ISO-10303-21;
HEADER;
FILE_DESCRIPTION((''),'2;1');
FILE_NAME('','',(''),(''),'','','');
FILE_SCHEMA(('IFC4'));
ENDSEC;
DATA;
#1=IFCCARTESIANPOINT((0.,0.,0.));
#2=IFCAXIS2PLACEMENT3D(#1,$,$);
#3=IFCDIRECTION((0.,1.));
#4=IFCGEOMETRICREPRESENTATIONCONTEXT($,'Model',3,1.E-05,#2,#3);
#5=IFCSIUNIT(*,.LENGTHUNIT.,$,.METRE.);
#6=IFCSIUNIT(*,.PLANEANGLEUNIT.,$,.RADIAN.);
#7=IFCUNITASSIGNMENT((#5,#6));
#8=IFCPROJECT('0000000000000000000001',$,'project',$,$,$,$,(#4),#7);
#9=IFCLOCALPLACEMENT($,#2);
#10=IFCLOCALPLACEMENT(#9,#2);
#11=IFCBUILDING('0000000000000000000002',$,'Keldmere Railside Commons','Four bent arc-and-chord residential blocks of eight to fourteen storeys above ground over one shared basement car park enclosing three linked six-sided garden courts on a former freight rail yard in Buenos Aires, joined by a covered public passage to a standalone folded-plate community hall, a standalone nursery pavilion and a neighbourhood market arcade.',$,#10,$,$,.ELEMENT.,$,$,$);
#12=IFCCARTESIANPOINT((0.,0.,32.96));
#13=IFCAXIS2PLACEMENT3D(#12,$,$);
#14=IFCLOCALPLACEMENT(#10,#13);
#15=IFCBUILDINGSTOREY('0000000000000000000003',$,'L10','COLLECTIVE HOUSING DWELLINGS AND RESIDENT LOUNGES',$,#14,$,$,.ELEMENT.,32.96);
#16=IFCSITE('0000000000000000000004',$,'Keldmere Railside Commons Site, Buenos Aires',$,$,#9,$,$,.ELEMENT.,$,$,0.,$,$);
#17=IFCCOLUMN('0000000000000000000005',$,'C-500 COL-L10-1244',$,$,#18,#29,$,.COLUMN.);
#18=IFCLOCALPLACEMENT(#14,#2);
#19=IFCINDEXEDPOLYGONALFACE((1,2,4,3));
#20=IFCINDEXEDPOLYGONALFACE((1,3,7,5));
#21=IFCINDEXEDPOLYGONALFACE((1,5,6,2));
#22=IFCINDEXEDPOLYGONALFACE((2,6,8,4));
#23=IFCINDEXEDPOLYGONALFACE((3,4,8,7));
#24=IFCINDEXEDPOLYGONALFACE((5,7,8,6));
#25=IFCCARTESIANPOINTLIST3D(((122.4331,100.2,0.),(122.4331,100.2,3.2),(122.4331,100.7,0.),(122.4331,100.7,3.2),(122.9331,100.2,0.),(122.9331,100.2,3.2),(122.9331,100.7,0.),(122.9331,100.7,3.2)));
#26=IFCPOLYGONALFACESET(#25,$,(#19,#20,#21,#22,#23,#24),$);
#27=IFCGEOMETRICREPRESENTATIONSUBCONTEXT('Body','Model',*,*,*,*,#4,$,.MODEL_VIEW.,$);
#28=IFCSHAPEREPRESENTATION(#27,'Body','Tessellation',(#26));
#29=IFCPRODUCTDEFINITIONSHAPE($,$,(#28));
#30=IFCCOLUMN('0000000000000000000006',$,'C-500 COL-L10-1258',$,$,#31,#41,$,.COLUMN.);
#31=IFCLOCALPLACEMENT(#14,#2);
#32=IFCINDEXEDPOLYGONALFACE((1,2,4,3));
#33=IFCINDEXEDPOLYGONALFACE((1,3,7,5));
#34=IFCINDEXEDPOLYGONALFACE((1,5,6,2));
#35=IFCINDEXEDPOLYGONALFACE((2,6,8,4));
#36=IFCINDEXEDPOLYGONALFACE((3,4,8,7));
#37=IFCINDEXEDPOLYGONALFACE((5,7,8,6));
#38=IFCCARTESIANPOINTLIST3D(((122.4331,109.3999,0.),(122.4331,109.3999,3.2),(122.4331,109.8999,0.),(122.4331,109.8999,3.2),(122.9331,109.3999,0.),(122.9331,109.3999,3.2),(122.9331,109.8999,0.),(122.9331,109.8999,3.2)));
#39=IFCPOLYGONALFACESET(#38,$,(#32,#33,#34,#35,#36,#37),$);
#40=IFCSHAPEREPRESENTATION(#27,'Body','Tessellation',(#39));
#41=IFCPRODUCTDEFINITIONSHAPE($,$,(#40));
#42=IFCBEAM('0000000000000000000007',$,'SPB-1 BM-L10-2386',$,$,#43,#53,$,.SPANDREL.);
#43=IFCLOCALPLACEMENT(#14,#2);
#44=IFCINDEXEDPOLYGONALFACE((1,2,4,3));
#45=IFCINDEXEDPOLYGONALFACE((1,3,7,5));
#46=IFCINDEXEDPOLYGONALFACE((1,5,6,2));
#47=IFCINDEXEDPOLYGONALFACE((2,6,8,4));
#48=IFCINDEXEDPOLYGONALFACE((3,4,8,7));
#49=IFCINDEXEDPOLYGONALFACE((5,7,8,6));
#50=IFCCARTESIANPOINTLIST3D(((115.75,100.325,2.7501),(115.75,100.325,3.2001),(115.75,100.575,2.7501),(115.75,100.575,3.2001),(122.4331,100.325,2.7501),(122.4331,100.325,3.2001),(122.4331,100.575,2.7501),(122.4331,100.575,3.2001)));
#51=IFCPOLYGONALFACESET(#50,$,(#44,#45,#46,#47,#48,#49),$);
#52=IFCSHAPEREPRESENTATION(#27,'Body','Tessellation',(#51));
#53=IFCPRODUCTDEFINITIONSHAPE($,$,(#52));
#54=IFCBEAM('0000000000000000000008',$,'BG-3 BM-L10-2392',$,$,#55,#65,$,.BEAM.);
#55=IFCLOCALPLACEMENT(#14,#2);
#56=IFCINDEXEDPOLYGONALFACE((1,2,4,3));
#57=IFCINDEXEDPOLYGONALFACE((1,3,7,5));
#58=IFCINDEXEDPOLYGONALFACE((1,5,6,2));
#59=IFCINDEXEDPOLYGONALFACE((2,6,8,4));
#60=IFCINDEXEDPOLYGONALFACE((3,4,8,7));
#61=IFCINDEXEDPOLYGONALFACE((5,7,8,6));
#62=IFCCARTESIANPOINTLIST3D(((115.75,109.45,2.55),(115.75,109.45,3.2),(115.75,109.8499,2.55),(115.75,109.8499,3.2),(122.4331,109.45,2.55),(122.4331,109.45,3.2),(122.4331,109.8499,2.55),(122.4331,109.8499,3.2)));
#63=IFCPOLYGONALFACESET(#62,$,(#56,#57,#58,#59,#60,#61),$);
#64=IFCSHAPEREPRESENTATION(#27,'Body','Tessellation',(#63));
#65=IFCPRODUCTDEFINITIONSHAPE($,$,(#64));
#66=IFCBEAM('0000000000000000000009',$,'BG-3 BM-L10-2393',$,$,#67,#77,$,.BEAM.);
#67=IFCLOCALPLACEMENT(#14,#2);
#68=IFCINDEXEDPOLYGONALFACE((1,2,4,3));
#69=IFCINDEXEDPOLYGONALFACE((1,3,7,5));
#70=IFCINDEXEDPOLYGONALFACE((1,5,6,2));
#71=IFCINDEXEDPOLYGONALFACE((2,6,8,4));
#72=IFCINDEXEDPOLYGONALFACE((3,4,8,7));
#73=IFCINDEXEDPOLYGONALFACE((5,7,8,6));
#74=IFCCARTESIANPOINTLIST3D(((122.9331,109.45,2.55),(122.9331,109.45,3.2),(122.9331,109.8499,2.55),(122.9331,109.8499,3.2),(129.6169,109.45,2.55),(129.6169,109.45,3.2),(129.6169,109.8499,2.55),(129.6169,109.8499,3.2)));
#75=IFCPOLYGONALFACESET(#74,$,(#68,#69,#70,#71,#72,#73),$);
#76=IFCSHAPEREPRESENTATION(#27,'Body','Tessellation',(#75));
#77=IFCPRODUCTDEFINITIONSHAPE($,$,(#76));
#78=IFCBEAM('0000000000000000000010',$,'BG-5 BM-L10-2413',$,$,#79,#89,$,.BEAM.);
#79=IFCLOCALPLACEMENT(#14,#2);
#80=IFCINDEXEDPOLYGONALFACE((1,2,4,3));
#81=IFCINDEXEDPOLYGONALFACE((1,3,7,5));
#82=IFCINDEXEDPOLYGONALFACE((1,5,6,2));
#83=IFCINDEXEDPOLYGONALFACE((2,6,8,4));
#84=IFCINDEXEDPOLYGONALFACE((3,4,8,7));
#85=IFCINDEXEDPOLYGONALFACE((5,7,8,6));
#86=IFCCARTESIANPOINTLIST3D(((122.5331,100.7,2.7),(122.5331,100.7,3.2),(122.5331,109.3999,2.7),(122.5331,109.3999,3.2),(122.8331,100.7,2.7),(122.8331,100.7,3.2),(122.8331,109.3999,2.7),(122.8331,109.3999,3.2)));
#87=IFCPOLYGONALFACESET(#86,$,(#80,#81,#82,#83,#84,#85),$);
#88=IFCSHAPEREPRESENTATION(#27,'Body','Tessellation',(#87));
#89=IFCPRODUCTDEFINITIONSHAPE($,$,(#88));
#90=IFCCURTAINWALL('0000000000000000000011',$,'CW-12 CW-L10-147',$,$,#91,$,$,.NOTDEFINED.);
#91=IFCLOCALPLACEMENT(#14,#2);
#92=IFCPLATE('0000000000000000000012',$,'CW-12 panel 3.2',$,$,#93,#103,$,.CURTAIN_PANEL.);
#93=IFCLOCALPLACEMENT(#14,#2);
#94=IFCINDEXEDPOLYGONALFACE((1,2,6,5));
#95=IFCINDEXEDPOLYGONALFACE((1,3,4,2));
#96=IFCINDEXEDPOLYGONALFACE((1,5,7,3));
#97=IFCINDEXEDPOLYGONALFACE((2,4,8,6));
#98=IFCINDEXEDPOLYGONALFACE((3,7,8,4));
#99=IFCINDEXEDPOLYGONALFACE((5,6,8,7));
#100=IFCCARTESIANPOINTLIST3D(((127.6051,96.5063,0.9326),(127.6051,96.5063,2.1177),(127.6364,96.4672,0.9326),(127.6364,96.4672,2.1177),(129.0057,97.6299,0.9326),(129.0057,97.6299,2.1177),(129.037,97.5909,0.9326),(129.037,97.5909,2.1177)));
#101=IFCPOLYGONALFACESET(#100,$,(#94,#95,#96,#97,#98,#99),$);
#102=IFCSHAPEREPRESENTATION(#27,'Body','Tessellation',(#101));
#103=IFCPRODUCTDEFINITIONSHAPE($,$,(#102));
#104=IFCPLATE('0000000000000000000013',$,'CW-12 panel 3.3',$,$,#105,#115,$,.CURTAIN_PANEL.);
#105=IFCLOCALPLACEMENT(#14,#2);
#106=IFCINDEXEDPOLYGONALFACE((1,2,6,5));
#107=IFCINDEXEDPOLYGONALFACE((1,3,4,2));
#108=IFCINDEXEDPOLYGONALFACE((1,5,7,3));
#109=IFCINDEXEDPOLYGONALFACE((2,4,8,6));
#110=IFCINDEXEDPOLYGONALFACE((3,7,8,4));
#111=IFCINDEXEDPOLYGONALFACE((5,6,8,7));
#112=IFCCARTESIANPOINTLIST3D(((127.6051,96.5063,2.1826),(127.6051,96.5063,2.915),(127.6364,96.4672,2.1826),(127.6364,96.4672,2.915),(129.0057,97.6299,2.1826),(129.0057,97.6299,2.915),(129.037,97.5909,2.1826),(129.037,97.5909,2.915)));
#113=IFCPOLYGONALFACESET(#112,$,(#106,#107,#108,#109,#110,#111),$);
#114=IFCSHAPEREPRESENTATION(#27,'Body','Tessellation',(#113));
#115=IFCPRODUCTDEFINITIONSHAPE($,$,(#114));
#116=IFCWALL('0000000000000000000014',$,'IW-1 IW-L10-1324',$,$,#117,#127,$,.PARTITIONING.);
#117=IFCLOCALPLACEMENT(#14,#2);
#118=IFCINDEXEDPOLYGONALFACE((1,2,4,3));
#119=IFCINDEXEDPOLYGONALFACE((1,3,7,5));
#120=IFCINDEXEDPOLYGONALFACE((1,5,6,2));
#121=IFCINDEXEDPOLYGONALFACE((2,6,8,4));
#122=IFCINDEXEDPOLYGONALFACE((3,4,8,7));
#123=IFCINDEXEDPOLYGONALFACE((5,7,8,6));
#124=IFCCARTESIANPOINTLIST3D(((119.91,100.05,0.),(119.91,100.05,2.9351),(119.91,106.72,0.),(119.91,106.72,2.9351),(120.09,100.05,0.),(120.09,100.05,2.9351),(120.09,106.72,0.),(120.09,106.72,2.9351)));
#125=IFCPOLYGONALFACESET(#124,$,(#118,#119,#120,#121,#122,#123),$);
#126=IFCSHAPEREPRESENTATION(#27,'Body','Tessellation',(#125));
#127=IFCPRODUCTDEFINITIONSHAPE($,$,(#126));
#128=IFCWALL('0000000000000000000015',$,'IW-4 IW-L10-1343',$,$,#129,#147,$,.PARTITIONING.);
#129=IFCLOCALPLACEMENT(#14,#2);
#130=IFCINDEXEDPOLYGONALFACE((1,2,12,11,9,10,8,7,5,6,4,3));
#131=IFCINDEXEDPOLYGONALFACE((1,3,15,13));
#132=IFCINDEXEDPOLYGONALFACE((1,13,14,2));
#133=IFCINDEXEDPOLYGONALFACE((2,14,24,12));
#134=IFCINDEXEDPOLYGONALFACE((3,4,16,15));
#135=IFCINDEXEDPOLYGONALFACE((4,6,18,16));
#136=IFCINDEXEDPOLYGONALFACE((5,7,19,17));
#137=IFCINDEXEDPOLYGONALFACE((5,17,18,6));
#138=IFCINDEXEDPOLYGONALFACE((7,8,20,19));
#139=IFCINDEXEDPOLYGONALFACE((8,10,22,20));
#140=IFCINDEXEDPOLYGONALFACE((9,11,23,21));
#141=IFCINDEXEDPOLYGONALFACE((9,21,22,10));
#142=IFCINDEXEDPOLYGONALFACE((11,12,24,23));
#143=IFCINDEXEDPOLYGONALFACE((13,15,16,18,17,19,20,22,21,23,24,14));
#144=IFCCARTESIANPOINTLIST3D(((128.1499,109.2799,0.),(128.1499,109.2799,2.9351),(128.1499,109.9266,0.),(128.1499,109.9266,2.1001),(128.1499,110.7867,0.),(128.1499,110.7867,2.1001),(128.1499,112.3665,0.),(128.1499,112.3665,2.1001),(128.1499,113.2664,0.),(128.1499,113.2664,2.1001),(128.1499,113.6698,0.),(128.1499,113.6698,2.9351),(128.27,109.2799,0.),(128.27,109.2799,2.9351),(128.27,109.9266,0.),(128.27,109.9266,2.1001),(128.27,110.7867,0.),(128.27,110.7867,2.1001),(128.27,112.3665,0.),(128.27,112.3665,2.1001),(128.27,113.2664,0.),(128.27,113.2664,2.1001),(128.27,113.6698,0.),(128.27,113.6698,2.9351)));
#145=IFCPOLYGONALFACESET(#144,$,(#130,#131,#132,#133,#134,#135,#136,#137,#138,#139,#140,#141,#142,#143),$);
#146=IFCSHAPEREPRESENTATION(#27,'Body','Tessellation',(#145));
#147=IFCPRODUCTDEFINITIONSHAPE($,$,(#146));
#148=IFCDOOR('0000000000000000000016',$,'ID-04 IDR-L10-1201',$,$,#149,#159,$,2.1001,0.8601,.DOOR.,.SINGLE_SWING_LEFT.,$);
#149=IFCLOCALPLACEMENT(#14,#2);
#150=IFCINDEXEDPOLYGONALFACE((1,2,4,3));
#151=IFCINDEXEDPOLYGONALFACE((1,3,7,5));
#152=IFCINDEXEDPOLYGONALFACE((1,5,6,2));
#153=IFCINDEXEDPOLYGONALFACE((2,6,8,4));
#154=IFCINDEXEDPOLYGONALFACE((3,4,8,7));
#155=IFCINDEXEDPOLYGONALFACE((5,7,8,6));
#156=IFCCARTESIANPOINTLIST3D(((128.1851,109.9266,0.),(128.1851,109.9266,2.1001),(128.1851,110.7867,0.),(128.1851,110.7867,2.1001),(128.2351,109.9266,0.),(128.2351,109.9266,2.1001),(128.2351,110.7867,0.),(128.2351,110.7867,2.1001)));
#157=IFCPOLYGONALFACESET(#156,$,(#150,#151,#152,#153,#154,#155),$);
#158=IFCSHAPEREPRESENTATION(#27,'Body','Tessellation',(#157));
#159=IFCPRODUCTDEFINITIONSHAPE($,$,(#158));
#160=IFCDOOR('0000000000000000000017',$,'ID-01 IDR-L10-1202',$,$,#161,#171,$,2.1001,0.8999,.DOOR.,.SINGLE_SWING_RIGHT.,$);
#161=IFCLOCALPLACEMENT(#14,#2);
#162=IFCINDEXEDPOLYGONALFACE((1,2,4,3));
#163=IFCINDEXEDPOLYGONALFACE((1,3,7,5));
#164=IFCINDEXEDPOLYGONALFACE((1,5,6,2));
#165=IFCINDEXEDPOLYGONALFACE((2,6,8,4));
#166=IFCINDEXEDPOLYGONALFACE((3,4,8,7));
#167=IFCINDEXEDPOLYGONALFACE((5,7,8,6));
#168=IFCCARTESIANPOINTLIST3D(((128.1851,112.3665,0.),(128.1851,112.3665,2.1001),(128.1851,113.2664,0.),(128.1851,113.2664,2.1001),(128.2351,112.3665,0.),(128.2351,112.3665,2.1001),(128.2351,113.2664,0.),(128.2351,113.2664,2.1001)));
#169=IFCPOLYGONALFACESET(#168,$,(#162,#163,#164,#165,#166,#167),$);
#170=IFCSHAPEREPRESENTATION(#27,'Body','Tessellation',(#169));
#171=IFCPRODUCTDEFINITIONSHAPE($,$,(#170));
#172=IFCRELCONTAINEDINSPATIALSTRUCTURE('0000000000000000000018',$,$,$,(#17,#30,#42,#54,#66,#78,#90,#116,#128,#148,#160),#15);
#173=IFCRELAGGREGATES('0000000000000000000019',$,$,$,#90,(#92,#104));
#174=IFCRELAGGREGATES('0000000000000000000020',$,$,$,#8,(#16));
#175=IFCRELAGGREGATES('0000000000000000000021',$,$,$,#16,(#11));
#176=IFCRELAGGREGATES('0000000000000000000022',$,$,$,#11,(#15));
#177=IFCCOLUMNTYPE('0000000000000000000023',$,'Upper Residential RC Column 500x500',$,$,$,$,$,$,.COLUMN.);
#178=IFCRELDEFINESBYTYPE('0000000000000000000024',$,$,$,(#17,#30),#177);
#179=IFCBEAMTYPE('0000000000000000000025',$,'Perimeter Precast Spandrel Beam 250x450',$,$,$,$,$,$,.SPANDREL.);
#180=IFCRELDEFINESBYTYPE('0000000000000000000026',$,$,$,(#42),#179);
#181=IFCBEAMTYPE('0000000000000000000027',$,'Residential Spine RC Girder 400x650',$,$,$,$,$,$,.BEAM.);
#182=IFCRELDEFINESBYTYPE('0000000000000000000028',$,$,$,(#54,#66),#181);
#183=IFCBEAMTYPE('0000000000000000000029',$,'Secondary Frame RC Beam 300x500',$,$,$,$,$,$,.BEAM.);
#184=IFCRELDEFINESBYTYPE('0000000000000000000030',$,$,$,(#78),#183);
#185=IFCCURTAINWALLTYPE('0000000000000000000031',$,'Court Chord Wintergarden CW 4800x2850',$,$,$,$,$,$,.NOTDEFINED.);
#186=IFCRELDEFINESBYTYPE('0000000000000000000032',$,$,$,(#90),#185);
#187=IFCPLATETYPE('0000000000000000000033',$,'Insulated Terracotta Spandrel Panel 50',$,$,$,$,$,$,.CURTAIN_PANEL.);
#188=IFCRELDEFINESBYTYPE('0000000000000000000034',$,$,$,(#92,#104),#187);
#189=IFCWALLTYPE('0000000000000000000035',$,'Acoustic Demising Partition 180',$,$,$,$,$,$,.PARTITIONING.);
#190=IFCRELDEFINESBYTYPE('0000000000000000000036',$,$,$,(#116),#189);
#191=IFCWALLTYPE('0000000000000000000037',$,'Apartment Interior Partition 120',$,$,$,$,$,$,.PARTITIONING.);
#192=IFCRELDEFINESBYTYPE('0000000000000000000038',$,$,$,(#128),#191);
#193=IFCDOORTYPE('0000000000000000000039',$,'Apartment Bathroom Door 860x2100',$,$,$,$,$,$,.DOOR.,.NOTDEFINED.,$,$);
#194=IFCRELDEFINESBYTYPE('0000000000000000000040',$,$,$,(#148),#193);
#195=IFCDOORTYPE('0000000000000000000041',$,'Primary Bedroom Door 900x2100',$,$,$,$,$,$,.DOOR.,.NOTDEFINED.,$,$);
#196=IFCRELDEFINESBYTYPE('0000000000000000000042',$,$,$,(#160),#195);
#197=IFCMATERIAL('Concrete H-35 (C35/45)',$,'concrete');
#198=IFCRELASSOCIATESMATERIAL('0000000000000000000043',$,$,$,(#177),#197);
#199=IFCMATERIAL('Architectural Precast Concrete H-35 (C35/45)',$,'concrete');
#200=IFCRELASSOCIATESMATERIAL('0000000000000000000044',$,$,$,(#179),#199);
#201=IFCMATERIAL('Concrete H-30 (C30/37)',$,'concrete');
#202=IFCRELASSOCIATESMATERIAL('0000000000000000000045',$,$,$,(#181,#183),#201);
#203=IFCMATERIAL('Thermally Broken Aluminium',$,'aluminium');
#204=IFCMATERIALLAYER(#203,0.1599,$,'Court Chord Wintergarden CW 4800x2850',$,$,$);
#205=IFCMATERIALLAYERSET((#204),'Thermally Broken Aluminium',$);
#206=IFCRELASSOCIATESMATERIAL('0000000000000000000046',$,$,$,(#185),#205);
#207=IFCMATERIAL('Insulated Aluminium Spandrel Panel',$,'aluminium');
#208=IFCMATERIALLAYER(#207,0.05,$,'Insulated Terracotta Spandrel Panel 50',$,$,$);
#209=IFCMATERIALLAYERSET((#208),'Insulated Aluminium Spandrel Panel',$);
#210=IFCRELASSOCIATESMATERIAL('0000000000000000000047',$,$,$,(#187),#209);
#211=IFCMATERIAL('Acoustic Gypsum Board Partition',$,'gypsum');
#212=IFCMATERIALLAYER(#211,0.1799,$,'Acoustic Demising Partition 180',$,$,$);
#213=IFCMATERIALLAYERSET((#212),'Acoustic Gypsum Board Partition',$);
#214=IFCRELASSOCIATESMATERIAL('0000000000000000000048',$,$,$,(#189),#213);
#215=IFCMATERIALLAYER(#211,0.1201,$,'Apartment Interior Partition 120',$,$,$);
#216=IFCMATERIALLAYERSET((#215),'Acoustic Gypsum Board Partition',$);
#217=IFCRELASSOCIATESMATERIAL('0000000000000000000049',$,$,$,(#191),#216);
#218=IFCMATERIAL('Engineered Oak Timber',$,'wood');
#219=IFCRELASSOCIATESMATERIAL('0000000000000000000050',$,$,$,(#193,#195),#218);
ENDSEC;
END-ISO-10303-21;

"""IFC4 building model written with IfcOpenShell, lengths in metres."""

from ifc_helpers import new_model, si_unit, direction, frame, frame_2d, origin, origin_2d, place, context, subcontext, project, spatial, rectangle, extrude, material, layer, layer_set, material_profile, profile_set, type_object, element, fill, aggregate, save


model = new_model("IFC4")

# Units and contexts
model_context = context("Model", 3, precision=1e-05, world=origin(), true_north=direction((0.0, 1.0)))
body_context = subcontext(model_context, "Body", "Model", "MODEL_VIEW")
ifc_project = project(units=[si_unit("LENGTHUNIT", "METRE"), si_unit("PLANEANGLEUNIT", "RADIAN")], contexts=[model_context])

# Site, building, storey
site_placement = place(None, origin())
site = spatial("IfcSite", under=ifc_project, at=site_placement, Name="Keldmere Railside Commons Site, Buenos Aires", CompositionType="ELEMENT", RefElevation=0.0)
building_placement = place(site_placement, origin())
building = spatial("IfcBuilding", under=site, at=building_placement, Name="Keldmere Railside Commons", Description="Four bent arc-and-chord residential blocks of eight to fourteen storeys above ground over one shared basement car park enclosing three linked six-sided garden courts on a former freight rail yard in Buenos Aires, joined by a covered public passage to a standalone folded-plate community hall, a standalone nursery pavilion and a neighbourhood market arcade.", CompositionType="ELEMENT")
storey_placement = place(building_placement, frame((0.0, 0.0, 32.96)))
storey = spatial("IfcBuildingStorey", under=building, at=storey_placement, Name="L10", Description="COLLECTIVE HOUSING DWELLINGS AND RESIDENT LOUNGES", CompositionType="ELEMENT", Elevation=32.96)

# Columns
ifc_material_1 = material(Name="Concrete H-35 (C35/45)", Category="concrete")
ifc_material_profile_1 = material_profile(ifc_material_1, rectangle(XDim=0.5, YDim=0.5, at=origin_2d()), Name="RC-500x500")
ifc_profile_set_1 = profile_set([ifc_material_profile_1], Name="Concrete H-35 (C35/45)")
column_type = type_object("IfcColumnType", Name="Upper Residential RC Column 500x500", PredefinedType="COLUMN", material=ifc_profile_set_1)
for number, where, z_axis, x_axis, name in (
    (1, (122.6831, 100.45, 0.0), (0.0, 0.0, 1.0), (1.0, 0.0, 0.0), "C-500 COL-L10-1244"),
    (2, (122.6831, 109.6499, 0.0), (0.0, 0.0, 1.0), (1.0, 0.0, 0.0), "C-500 COL-L10-1258"),
):
    element("IfcColumn", number, at=place(storey_placement, frame(where, z_axis=z_axis, x_axis=x_axis)), inside=storey, type_object=column_type, Name=name, PredefinedType="COLUMN", context=body_context, shape_type="SweptSolid", body=[
        extrude(rectangle(XDim=0.5, YDim=0.5, at=origin_2d()), origin(), (0.0, 0.0, 1.0), 3.2),
    ])

# Beams
ifc_material_2 = material(Name="Architectural Precast Concrete H-35 (C35/45)", Category="concrete")
ifc_material_profile_2 = material_profile(ifc_material_2, rectangle(XDim=0.25, YDim=0.45, at=origin_2d()), Name="RC-250x450")
ifc_profile_set_2 = profile_set([ifc_material_profile_2], Name="Architectural Precast Concrete H-35 (C35/45)")
beam_type_1 = type_object("IfcBeamType", Name="Perimeter Precast Spandrel Beam 250x450", PredefinedType="SPANDREL", material=ifc_profile_set_2)
beam_1_placement = place(storey_placement, frame((115.75, 100.45, 2.9751), z_axis=(1.0, 0.0, 0.0), x_axis=(0.0, 1.0, 0.0)))
element("IfcBeam", 3, at=beam_1_placement, inside=storey, type_object=beam_type_1, Name="SPB-1 BM-L10-2386", PredefinedType="SPANDREL", context=body_context, shape_type="SweptSolid", body=[
    extrude(rectangle(XDim=0.25, YDim=0.45, at=origin_2d()), origin(), (0.0, 0.0, 1.0), 6.6831),
])
ifc_material_3 = material(Name="Concrete H-30 (C30/37)", Category="concrete")
ifc_material_profile_3 = material_profile(ifc_material_3, rectangle(XDim=0.3999, YDim=0.6499, at=origin_2d()), Name="RC-400x650")
ifc_profile_set_3 = profile_set([ifc_material_profile_3], Name="Concrete H-30 (C30/37)")
beam_type_2 = type_object("IfcBeamType", Name="Residential Spine RC Girder 400x650", PredefinedType="BEAM", material=ifc_profile_set_3)
beam_2_placement = place(storey_placement, frame((115.75, 109.6499, 2.875), z_axis=(1.0, 0.0, 0.0), x_axis=(0.0, 1.0, 0.0)))
element("IfcBeam", 4, at=beam_2_placement, inside=storey, type_object=beam_type_2, Name="BG-3 BM-L10-2392", PredefinedType="BEAM", context=body_context, shape_type="SweptSolid", body=[
    extrude(rectangle(XDim=0.3999, YDim=0.6499, at=origin_2d()), origin(), (0.0, 0.0, 1.0), 6.6831),
])
beam_3_placement = place(storey_placement, frame((122.9331, 109.6499, 2.875), z_axis=(1.0, 0.0, 0.0), x_axis=(0.0, 1.0, 0.0)))
element("IfcBeam", 5, at=beam_3_placement, inside=storey, type_object=beam_type_2, Name="BG-3 BM-L10-2393", PredefinedType="BEAM", context=body_context, shape_type="SweptSolid", body=[
    extrude(rectangle(XDim=0.3999, YDim=0.6499, at=origin_2d()), origin(), (0.0, 0.0, 1.0), 6.6838),
])
ifc_material_profile_4 = material_profile(ifc_material_3, rectangle(XDim=0.3, YDim=0.5, at=origin_2d()), Name="RC-300x500")
ifc_profile_set_4 = profile_set([ifc_material_profile_4], Name="Concrete H-30 (C30/37)")
beam_type_3 = type_object("IfcBeamType", Name="Secondary Frame RC Beam 300x500", PredefinedType="BEAM", material=ifc_profile_set_4)
beam_4_placement = place(storey_placement, frame((122.6831, 100.7, 2.95), z_axis=(0.0, 1.0, 0.0), x_axis=(-1.0, 0.0, 0.0)))
element("IfcBeam", 6, at=beam_4_placement, inside=storey, type_object=beam_type_3, Name="BG-5 BM-L10-2413", PredefinedType="BEAM", context=body_context, shape_type="SweptSolid", body=[
    extrude(rectangle(XDim=0.3, YDim=0.5, at=origin_2d()), origin(), (0.0, 0.0, 1.0), 8.7),
])

# Curtain wall, plates
ifc_material_4 = material(Name="Thermally Broken Aluminium", Category="aluminium")
ifc_layer_1 = layer(ifc_material_4, 0.1599, Name="Court Chord Wintergarden CW 4800x2850")
ifc_layer_set_1 = layer_set([ifc_layer_1], Name="Thermally Broken Aluminium")
curtain_wall_type = type_object("IfcCurtainWallType", Name="Court Chord Wintergarden CW 4800x2850", PredefinedType="NOTDEFINED", material=ifc_layer_set_1)
curtain_wall_placement = place(storey_placement, origin())
curtain_wall = element("IfcCurtainWall", 7, at=curtain_wall_placement, inside=storey, type_object=curtain_wall_type, Name="CW-12 CW-L10-147", PredefinedType="NOTDEFINED")
ifc_material_5 = material(Name="Insulated Aluminium Spandrel Panel", Category="aluminium")
ifc_layer_2 = layer(ifc_material_5, 0.05, Name="Insulated Terracotta Spandrel Panel 50")
ifc_layer_set_2 = layer_set([ifc_layer_2], Name="Insulated Aluminium Spandrel Panel")
plate_type = type_object("IfcPlateType", Name="Insulated Terracotta Spandrel Panel 50", PredefinedType="CURTAIN_PANEL", material=ifc_layer_set_2)
plate_1_placement = place(storey_placement, frame((128.321, 97.0486, 0.9326), z_axis=(0.0, 0.0, 1.0), x_axis=(-0.780009, -0.625768, 0.0)))
plate_1 = element("IfcPlate", 8, at=plate_1_placement, type_object=plate_type, Name="CW-12 panel 3.2", PredefinedType="CURTAIN_PANEL", context=body_context, shape_type="SweptSolid", body=[
    extrude(rectangle(XDim=1.7957, YDim=0.05, at=origin_2d()), origin(), (0.0, 0.0, 1.0), 1.1851),
])
plate_2_placement = place(storey_placement, frame((128.321, 97.0486, 2.1826), z_axis=(0.0, 0.0, 1.0), x_axis=(-0.780009, -0.625768, 0.0)))
plate_2 = element("IfcPlate", 9, at=plate_2_placement, type_object=plate_type, Name="CW-12 panel 3.3", PredefinedType="CURTAIN_PANEL", context=body_context, shape_type="SweptSolid", body=[
    extrude(rectangle(XDim=1.7957, YDim=0.05, at=origin_2d()), origin(), (0.0, 0.0, 1.0), 0.7324),
])
aggregate(curtain_wall, [plate_1, plate_2])

# Wall
ifc_material_6 = material(Name="Acoustic Gypsum Board Partition", Category="gypsum")
ifc_layer_3 = layer(ifc_material_6, 0.1799, Name="Acoustic Demising Partition 180")
ifc_layer_set_3 = layer_set([ifc_layer_3], Name="Acoustic Gypsum Board Partition")
wall_type_1 = type_object("IfcWallType", Name="Acoustic Demising Partition 180", PredefinedType="PARTITIONING", material=ifc_layer_set_3)
wall_1_placement = place(storey_placement, frame((120.0, 100.05, 0.0), z_axis=(0.0, 0.0, 1.0), x_axis=(0.0, 1.0, 0.0)))
element("IfcWall", 10, at=wall_1_placement, inside=storey, type_object=wall_type_1, Name="IW-1 IW-L10-1324", PredefinedType="PARTITIONING", context=body_context, shape_type="SweptSolid", body=[
    extrude(rectangle(XDim=6.6699, YDim=0.1799, at=frame_2d((3.335, 0.0))), origin(), (0.0, 0.0, 1.0), 2.9351),
])

# Wall, openings, doors
ifc_layer_4 = layer(ifc_material_6, 0.1201, Name="Apartment Interior Partition 120")
ifc_layer_set_4 = layer_set([ifc_layer_4], Name="Acoustic Gypsum Board Partition")
wall_type_2 = type_object("IfcWallType", Name="Apartment Interior Partition 120", PredefinedType="PARTITIONING", material=ifc_layer_set_4)
wall_2_placement = place(storey_placement, frame((128.21, 109.28, 0.0), z_axis=(0.0, 0.0, 1.0), x_axis=(0.0, 1.0, 0.0)))
wall_2 = element("IfcWall", 11, at=wall_2_placement, inside=storey, type_object=wall_type_2, Name="IW-4 IW-L10-1343", PredefinedType="PARTITIONING", context=body_context, shape_type="SweptSolid", body=[
    extrude(rectangle(XDim=4.3899, YDim=0.1201, at=frame_2d((2.1948, 0.0))), origin(), (0.0, 0.0, 1.0), 2.9351),
])
opening_1_placement = place(wall_2_placement, frame((0.6465, 0.0, 0.0)))
opening_1 = element("IfcOpeningElement", 12, at=opening_1_placement, cuts=wall_2, PredefinedType="OPENING", context=body_context, shape_type="SweptSolid", body=[
    extrude(rectangle(XDim=0.8601, YDim=2.1001, at=frame_2d((0.4302, 1.05))), frame((0.0, 0.0701, 0.0), z_axis=(0.0, -1.0, 0.0), x_axis=(1.0, 0.0, 0.0)), (0.0, 0.0, 1.0), 0.1401),
])
opening_2_placement = place(wall_2_placement, frame((3.0864, 0.0, 0.0)))
opening_2 = element("IfcOpeningElement", 13, at=opening_2_placement, cuts=wall_2, PredefinedType="OPENING", context=body_context, shape_type="SweptSolid", body=[
    extrude(rectangle(XDim=0.8999, YDim=2.1001, at=frame_2d((0.45, 1.05))), frame((0.0, 0.0701, 0.0), z_axis=(0.0, -1.0, 0.0), x_axis=(1.0, 0.0, 0.0)), (0.0, 0.0, 1.0), 0.1401),
])
ifc_material_7 = material(Name="Engineered Oak Timber", Category="wood")
door_type_1 = type_object("IfcDoorType", Name="Apartment Bathroom Door 860x2100", OperationType="NOTDEFINED", PredefinedType="DOOR", material=ifc_material_7)
door_1_placement = place(opening_1_placement, origin())
door_1 = element("IfcDoor", 14, at=door_1_placement, inside=storey, type_object=door_type_1, Name="ID-04 IDR-L10-1201", OperationType="SINGLE_SWING_LEFT", OverallHeight=2.1001, OverallWidth=0.8601, PredefinedType="DOOR", context=body_context, shape_type="SweptSolid", body=[
    extrude(rectangle(XDim=0.8601, YDim=2.1001, at=frame_2d((0.4302, 1.05))), frame((0.0, 0.0249, 0.0), z_axis=(0.0, -1.0, 0.0), x_axis=(1.0, 0.0, 0.0)), (0.0, 0.0, 1.0), 0.05),
])
fill(opening_1, door_1)
door_type_2 = type_object("IfcDoorType", Name="Primary Bedroom Door 900x2100", OperationType="NOTDEFINED", PredefinedType="DOOR", material=ifc_material_7)
door_2_placement = place(opening_2_placement, origin())
door_2 = element("IfcDoor", 15, at=door_2_placement, inside=storey, type_object=door_type_2, Name="ID-01 IDR-L10-1202", OperationType="SINGLE_SWING_RIGHT", OverallHeight=2.1001, OverallWidth=0.8999, PredefinedType="DOOR", context=body_context, shape_type="SweptSolid", body=[
    extrude(rectangle(XDim=0.8999, YDim=2.1001, at=frame_2d((0.45, 1.05))), frame((0.0, 0.0249, 0.0), z_axis=(0.0, -1.0, 0.0), x_axis=(1.0, 0.0, 0.0)), (0.0, 0.0, 1.0), 0.05),
])
fill(opening_2, door_2)

save(model, "model.ifc")
